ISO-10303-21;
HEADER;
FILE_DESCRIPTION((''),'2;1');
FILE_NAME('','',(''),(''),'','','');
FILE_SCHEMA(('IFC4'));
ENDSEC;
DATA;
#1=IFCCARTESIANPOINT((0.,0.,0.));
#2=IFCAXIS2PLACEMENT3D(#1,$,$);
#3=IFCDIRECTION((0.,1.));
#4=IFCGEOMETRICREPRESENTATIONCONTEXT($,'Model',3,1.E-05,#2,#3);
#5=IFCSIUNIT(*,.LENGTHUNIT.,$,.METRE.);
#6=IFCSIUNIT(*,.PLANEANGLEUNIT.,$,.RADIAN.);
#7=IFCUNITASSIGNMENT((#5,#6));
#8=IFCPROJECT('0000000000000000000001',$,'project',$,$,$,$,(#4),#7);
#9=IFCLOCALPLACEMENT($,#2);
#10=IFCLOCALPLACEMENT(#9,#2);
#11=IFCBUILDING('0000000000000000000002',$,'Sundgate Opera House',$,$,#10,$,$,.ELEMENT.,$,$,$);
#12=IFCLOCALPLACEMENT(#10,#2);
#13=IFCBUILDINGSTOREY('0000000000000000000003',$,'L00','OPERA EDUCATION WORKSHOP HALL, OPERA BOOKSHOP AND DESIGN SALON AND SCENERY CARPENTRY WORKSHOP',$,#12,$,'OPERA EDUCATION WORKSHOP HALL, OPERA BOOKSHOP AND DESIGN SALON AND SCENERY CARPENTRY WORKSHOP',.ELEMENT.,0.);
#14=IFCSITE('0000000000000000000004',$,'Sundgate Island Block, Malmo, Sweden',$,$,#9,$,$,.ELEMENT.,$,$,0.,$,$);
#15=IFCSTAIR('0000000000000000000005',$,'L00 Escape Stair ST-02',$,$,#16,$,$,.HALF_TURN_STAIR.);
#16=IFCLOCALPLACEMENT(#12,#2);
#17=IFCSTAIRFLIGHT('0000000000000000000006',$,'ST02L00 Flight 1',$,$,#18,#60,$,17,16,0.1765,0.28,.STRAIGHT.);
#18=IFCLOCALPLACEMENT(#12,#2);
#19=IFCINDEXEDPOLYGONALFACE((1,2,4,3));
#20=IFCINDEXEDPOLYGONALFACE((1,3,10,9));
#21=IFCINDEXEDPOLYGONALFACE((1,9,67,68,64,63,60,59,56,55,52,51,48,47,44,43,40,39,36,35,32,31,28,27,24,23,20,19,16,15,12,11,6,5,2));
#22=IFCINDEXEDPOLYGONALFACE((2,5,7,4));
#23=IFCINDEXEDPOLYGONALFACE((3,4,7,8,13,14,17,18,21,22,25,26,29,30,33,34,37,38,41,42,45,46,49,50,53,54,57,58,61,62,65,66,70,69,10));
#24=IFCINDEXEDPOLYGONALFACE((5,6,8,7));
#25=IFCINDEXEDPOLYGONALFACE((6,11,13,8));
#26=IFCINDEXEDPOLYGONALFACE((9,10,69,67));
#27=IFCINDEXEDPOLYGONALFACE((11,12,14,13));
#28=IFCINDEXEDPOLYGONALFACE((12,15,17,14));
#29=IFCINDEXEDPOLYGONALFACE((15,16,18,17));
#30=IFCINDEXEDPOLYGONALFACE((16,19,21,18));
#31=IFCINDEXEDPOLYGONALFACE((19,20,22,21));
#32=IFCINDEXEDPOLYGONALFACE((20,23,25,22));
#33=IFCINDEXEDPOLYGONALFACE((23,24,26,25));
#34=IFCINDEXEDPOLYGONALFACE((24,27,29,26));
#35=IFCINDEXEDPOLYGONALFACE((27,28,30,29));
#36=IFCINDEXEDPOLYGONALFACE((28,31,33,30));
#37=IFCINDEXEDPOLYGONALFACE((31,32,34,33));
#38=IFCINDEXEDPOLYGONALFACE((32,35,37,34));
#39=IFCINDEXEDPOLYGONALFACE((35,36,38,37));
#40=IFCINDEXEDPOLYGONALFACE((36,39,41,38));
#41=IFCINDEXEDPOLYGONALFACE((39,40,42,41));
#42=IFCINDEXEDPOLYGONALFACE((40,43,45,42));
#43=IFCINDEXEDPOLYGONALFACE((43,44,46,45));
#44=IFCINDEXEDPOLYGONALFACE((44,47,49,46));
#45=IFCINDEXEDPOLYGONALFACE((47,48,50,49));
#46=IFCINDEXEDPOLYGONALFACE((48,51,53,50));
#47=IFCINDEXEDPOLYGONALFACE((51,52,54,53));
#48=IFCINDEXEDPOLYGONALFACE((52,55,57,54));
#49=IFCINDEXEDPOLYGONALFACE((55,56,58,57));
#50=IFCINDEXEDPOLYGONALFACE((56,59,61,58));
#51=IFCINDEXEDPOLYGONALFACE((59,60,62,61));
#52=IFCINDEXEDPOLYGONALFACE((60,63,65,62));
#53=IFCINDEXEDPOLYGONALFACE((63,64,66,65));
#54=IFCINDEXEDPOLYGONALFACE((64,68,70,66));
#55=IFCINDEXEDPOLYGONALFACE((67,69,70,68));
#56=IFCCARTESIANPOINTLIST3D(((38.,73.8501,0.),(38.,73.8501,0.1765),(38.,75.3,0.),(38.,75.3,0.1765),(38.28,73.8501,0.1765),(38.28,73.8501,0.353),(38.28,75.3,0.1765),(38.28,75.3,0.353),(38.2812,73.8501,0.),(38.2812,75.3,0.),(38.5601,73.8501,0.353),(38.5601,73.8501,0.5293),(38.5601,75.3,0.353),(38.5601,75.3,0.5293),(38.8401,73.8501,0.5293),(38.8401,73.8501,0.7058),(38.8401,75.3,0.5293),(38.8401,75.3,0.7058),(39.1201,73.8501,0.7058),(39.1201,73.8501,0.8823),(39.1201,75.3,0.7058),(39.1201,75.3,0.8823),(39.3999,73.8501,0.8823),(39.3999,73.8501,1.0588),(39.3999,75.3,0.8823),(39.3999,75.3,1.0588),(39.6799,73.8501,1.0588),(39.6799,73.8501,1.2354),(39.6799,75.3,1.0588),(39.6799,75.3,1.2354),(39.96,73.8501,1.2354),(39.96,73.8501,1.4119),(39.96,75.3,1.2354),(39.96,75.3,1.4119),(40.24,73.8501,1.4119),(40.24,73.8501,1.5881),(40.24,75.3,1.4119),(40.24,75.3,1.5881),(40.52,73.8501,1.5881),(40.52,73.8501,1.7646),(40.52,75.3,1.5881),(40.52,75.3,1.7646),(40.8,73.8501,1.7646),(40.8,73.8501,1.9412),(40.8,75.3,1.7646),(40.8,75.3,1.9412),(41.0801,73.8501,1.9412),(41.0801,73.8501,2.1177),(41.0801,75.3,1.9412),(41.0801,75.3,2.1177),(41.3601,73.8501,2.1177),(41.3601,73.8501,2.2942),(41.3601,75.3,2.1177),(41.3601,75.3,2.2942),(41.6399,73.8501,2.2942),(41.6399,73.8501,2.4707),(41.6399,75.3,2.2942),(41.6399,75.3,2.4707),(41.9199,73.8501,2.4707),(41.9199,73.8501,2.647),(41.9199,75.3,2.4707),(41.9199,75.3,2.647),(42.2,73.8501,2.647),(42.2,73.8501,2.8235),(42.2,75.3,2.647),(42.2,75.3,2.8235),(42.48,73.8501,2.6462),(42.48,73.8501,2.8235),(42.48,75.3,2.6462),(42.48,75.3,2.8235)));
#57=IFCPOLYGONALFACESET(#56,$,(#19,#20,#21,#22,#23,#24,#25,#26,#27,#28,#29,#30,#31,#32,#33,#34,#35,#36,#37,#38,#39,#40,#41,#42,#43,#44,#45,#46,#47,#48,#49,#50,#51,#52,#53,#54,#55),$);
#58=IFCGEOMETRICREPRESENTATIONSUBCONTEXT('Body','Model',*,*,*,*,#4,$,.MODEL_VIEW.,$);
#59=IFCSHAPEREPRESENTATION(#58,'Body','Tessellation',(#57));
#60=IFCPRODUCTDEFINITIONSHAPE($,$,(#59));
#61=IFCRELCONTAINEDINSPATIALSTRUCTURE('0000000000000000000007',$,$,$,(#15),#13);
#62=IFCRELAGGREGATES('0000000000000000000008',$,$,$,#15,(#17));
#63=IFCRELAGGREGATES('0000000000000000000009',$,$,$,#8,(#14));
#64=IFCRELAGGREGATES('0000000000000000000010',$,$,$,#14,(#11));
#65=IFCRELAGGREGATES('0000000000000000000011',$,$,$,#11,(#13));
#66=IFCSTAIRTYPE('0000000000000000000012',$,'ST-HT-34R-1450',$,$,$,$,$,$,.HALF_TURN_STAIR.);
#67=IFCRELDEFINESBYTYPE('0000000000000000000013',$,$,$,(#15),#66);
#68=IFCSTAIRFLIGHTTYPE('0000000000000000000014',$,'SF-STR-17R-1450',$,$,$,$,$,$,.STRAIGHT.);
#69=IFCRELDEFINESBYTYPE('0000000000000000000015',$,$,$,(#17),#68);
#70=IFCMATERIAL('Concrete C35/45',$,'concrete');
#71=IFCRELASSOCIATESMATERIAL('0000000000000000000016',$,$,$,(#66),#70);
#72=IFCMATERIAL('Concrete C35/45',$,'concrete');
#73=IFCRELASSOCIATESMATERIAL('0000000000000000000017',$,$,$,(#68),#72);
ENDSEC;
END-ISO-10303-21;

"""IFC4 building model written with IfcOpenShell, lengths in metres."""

from ifc_helpers import new_model, si_unit, direction, frame, origin, place, context, subcontext, project, spatial, polyline, outline, extrude, material, type_object, element, aggregate, save


model = new_model("IFC4")

# Units and contexts
model_context = context("Model", 3, precision=1e-05, world=origin(), true_north=direction((0.0, 1.0)))
body_context = subcontext(model_context, "Body", "Model", "MODEL_VIEW")
ifc_project = project(units=[si_unit("LENGTHUNIT", "METRE"), si_unit("PLANEANGLEUNIT", "RADIAN")], contexts=[model_context])

# Site, building, storey
site_placement = place(None, origin())
site = spatial("IfcSite", under=ifc_project, at=site_placement, Name="Sundgate Island Block, Malmo, Sweden", CompositionType="ELEMENT", RefElevation=0.0)
building_placement = place(site_placement, origin())
building = spatial("IfcBuilding", under=site, at=building_placement, Name="Sundgate Opera House", CompositionType="ELEMENT")
storey_placement = place(building_placement, origin())
storey = spatial("IfcBuildingStorey", under=building, at=storey_placement, Name="L00", Description="OPERA EDUCATION WORKSHOP HALL, OPERA BOOKSHOP AND DESIGN SALON AND SCENERY CARPENTRY WORKSHOP", LongName="OPERA EDUCATION WORKSHOP HALL, OPERA BOOKSHOP AND DESIGN SALON AND SCENERY CARPENTRY WORKSHOP", CompositionType="ELEMENT", Elevation=0.0)

# Stair, stair flight
ifc_material_1 = material(Name="Concrete C35/45", Category="concrete")
stair_type = type_object("IfcStairType", Name="ST-HT-34R-1450", PredefinedType="HALF_TURN_STAIR", material=ifc_material_1)
stair_placement = place(storey_placement, origin())
stair = element("IfcStair", 1, at=stair_placement, inside=storey, type_object=stair_type, Name="L00 Escape Stair ST-02", PredefinedType="HALF_TURN_STAIR")
ifc_material_2 = material(Name="Concrete C35/45", Category="concrete")
stair_flight_type = type_object("IfcStairFlightType", Name="SF-STR-17R-1450", PredefinedType="STRAIGHT", material=ifc_material_2)
stair_flight_placement = place(storey_placement, frame((38.0, 74.575, 0.0), z_axis=(0.0, 0.0, 1.0), x_axis=(1.0, 0.0, 0.0)))
stair_flight = element("IfcStairFlight", 2, at=stair_flight_placement, type_object=stair_flight_type, Name="ST02L00 Flight 1", NumberOfRisers=17, NumberOfTreads=16, PredefinedType="STRAIGHT", RiserHeight=0.1765, TreadLength=0.28, context=body_context, shape_type="SweptSolid", body=[
    extrude(outline(polyline([(0.0, 0.0), (0.0, 0.1765), (0.28, 0.1765), (0.28, 0.353), (0.5601, 0.353), (0.5601, 0.5293), (0.8401, 0.5293), (0.8401, 0.7058), (1.1201, 0.7058), (1.1201, 0.8823), (1.3999, 0.8823), (1.3999, 1.0588), (1.6799, 1.0588), (1.6799, 1.2354), (1.96, 1.2354), (1.96, 1.4119), (2.24, 1.4119), (2.24, 1.5881), (2.52, 1.5881), (2.52, 1.7646), (2.8, 1.7646), (2.8, 1.9412), (3.0801, 1.9412), (3.0801, 2.1177), (3.3601, 2.1177), (3.3601, 2.2942), (3.6399, 2.2942), (3.6399, 2.4707), (3.9199, 2.4707), (3.9199, 2.647), (4.2, 2.647), (4.2, 2.8235), (4.48, 2.8235), (4.48, 3.0), (4.48, 2.6462), (0.2812, 0.0), (0.0, 0.0)])), frame((0.0, 0.7251, 0.0), z_axis=(0.0, -1.0, 0.0), x_axis=(1.0, 0.0, 0.0)), (0.0, 0.0, 1.0), 1.45),
])
aggregate(stair, [stair_flight])

save(model, "model.ifc")
